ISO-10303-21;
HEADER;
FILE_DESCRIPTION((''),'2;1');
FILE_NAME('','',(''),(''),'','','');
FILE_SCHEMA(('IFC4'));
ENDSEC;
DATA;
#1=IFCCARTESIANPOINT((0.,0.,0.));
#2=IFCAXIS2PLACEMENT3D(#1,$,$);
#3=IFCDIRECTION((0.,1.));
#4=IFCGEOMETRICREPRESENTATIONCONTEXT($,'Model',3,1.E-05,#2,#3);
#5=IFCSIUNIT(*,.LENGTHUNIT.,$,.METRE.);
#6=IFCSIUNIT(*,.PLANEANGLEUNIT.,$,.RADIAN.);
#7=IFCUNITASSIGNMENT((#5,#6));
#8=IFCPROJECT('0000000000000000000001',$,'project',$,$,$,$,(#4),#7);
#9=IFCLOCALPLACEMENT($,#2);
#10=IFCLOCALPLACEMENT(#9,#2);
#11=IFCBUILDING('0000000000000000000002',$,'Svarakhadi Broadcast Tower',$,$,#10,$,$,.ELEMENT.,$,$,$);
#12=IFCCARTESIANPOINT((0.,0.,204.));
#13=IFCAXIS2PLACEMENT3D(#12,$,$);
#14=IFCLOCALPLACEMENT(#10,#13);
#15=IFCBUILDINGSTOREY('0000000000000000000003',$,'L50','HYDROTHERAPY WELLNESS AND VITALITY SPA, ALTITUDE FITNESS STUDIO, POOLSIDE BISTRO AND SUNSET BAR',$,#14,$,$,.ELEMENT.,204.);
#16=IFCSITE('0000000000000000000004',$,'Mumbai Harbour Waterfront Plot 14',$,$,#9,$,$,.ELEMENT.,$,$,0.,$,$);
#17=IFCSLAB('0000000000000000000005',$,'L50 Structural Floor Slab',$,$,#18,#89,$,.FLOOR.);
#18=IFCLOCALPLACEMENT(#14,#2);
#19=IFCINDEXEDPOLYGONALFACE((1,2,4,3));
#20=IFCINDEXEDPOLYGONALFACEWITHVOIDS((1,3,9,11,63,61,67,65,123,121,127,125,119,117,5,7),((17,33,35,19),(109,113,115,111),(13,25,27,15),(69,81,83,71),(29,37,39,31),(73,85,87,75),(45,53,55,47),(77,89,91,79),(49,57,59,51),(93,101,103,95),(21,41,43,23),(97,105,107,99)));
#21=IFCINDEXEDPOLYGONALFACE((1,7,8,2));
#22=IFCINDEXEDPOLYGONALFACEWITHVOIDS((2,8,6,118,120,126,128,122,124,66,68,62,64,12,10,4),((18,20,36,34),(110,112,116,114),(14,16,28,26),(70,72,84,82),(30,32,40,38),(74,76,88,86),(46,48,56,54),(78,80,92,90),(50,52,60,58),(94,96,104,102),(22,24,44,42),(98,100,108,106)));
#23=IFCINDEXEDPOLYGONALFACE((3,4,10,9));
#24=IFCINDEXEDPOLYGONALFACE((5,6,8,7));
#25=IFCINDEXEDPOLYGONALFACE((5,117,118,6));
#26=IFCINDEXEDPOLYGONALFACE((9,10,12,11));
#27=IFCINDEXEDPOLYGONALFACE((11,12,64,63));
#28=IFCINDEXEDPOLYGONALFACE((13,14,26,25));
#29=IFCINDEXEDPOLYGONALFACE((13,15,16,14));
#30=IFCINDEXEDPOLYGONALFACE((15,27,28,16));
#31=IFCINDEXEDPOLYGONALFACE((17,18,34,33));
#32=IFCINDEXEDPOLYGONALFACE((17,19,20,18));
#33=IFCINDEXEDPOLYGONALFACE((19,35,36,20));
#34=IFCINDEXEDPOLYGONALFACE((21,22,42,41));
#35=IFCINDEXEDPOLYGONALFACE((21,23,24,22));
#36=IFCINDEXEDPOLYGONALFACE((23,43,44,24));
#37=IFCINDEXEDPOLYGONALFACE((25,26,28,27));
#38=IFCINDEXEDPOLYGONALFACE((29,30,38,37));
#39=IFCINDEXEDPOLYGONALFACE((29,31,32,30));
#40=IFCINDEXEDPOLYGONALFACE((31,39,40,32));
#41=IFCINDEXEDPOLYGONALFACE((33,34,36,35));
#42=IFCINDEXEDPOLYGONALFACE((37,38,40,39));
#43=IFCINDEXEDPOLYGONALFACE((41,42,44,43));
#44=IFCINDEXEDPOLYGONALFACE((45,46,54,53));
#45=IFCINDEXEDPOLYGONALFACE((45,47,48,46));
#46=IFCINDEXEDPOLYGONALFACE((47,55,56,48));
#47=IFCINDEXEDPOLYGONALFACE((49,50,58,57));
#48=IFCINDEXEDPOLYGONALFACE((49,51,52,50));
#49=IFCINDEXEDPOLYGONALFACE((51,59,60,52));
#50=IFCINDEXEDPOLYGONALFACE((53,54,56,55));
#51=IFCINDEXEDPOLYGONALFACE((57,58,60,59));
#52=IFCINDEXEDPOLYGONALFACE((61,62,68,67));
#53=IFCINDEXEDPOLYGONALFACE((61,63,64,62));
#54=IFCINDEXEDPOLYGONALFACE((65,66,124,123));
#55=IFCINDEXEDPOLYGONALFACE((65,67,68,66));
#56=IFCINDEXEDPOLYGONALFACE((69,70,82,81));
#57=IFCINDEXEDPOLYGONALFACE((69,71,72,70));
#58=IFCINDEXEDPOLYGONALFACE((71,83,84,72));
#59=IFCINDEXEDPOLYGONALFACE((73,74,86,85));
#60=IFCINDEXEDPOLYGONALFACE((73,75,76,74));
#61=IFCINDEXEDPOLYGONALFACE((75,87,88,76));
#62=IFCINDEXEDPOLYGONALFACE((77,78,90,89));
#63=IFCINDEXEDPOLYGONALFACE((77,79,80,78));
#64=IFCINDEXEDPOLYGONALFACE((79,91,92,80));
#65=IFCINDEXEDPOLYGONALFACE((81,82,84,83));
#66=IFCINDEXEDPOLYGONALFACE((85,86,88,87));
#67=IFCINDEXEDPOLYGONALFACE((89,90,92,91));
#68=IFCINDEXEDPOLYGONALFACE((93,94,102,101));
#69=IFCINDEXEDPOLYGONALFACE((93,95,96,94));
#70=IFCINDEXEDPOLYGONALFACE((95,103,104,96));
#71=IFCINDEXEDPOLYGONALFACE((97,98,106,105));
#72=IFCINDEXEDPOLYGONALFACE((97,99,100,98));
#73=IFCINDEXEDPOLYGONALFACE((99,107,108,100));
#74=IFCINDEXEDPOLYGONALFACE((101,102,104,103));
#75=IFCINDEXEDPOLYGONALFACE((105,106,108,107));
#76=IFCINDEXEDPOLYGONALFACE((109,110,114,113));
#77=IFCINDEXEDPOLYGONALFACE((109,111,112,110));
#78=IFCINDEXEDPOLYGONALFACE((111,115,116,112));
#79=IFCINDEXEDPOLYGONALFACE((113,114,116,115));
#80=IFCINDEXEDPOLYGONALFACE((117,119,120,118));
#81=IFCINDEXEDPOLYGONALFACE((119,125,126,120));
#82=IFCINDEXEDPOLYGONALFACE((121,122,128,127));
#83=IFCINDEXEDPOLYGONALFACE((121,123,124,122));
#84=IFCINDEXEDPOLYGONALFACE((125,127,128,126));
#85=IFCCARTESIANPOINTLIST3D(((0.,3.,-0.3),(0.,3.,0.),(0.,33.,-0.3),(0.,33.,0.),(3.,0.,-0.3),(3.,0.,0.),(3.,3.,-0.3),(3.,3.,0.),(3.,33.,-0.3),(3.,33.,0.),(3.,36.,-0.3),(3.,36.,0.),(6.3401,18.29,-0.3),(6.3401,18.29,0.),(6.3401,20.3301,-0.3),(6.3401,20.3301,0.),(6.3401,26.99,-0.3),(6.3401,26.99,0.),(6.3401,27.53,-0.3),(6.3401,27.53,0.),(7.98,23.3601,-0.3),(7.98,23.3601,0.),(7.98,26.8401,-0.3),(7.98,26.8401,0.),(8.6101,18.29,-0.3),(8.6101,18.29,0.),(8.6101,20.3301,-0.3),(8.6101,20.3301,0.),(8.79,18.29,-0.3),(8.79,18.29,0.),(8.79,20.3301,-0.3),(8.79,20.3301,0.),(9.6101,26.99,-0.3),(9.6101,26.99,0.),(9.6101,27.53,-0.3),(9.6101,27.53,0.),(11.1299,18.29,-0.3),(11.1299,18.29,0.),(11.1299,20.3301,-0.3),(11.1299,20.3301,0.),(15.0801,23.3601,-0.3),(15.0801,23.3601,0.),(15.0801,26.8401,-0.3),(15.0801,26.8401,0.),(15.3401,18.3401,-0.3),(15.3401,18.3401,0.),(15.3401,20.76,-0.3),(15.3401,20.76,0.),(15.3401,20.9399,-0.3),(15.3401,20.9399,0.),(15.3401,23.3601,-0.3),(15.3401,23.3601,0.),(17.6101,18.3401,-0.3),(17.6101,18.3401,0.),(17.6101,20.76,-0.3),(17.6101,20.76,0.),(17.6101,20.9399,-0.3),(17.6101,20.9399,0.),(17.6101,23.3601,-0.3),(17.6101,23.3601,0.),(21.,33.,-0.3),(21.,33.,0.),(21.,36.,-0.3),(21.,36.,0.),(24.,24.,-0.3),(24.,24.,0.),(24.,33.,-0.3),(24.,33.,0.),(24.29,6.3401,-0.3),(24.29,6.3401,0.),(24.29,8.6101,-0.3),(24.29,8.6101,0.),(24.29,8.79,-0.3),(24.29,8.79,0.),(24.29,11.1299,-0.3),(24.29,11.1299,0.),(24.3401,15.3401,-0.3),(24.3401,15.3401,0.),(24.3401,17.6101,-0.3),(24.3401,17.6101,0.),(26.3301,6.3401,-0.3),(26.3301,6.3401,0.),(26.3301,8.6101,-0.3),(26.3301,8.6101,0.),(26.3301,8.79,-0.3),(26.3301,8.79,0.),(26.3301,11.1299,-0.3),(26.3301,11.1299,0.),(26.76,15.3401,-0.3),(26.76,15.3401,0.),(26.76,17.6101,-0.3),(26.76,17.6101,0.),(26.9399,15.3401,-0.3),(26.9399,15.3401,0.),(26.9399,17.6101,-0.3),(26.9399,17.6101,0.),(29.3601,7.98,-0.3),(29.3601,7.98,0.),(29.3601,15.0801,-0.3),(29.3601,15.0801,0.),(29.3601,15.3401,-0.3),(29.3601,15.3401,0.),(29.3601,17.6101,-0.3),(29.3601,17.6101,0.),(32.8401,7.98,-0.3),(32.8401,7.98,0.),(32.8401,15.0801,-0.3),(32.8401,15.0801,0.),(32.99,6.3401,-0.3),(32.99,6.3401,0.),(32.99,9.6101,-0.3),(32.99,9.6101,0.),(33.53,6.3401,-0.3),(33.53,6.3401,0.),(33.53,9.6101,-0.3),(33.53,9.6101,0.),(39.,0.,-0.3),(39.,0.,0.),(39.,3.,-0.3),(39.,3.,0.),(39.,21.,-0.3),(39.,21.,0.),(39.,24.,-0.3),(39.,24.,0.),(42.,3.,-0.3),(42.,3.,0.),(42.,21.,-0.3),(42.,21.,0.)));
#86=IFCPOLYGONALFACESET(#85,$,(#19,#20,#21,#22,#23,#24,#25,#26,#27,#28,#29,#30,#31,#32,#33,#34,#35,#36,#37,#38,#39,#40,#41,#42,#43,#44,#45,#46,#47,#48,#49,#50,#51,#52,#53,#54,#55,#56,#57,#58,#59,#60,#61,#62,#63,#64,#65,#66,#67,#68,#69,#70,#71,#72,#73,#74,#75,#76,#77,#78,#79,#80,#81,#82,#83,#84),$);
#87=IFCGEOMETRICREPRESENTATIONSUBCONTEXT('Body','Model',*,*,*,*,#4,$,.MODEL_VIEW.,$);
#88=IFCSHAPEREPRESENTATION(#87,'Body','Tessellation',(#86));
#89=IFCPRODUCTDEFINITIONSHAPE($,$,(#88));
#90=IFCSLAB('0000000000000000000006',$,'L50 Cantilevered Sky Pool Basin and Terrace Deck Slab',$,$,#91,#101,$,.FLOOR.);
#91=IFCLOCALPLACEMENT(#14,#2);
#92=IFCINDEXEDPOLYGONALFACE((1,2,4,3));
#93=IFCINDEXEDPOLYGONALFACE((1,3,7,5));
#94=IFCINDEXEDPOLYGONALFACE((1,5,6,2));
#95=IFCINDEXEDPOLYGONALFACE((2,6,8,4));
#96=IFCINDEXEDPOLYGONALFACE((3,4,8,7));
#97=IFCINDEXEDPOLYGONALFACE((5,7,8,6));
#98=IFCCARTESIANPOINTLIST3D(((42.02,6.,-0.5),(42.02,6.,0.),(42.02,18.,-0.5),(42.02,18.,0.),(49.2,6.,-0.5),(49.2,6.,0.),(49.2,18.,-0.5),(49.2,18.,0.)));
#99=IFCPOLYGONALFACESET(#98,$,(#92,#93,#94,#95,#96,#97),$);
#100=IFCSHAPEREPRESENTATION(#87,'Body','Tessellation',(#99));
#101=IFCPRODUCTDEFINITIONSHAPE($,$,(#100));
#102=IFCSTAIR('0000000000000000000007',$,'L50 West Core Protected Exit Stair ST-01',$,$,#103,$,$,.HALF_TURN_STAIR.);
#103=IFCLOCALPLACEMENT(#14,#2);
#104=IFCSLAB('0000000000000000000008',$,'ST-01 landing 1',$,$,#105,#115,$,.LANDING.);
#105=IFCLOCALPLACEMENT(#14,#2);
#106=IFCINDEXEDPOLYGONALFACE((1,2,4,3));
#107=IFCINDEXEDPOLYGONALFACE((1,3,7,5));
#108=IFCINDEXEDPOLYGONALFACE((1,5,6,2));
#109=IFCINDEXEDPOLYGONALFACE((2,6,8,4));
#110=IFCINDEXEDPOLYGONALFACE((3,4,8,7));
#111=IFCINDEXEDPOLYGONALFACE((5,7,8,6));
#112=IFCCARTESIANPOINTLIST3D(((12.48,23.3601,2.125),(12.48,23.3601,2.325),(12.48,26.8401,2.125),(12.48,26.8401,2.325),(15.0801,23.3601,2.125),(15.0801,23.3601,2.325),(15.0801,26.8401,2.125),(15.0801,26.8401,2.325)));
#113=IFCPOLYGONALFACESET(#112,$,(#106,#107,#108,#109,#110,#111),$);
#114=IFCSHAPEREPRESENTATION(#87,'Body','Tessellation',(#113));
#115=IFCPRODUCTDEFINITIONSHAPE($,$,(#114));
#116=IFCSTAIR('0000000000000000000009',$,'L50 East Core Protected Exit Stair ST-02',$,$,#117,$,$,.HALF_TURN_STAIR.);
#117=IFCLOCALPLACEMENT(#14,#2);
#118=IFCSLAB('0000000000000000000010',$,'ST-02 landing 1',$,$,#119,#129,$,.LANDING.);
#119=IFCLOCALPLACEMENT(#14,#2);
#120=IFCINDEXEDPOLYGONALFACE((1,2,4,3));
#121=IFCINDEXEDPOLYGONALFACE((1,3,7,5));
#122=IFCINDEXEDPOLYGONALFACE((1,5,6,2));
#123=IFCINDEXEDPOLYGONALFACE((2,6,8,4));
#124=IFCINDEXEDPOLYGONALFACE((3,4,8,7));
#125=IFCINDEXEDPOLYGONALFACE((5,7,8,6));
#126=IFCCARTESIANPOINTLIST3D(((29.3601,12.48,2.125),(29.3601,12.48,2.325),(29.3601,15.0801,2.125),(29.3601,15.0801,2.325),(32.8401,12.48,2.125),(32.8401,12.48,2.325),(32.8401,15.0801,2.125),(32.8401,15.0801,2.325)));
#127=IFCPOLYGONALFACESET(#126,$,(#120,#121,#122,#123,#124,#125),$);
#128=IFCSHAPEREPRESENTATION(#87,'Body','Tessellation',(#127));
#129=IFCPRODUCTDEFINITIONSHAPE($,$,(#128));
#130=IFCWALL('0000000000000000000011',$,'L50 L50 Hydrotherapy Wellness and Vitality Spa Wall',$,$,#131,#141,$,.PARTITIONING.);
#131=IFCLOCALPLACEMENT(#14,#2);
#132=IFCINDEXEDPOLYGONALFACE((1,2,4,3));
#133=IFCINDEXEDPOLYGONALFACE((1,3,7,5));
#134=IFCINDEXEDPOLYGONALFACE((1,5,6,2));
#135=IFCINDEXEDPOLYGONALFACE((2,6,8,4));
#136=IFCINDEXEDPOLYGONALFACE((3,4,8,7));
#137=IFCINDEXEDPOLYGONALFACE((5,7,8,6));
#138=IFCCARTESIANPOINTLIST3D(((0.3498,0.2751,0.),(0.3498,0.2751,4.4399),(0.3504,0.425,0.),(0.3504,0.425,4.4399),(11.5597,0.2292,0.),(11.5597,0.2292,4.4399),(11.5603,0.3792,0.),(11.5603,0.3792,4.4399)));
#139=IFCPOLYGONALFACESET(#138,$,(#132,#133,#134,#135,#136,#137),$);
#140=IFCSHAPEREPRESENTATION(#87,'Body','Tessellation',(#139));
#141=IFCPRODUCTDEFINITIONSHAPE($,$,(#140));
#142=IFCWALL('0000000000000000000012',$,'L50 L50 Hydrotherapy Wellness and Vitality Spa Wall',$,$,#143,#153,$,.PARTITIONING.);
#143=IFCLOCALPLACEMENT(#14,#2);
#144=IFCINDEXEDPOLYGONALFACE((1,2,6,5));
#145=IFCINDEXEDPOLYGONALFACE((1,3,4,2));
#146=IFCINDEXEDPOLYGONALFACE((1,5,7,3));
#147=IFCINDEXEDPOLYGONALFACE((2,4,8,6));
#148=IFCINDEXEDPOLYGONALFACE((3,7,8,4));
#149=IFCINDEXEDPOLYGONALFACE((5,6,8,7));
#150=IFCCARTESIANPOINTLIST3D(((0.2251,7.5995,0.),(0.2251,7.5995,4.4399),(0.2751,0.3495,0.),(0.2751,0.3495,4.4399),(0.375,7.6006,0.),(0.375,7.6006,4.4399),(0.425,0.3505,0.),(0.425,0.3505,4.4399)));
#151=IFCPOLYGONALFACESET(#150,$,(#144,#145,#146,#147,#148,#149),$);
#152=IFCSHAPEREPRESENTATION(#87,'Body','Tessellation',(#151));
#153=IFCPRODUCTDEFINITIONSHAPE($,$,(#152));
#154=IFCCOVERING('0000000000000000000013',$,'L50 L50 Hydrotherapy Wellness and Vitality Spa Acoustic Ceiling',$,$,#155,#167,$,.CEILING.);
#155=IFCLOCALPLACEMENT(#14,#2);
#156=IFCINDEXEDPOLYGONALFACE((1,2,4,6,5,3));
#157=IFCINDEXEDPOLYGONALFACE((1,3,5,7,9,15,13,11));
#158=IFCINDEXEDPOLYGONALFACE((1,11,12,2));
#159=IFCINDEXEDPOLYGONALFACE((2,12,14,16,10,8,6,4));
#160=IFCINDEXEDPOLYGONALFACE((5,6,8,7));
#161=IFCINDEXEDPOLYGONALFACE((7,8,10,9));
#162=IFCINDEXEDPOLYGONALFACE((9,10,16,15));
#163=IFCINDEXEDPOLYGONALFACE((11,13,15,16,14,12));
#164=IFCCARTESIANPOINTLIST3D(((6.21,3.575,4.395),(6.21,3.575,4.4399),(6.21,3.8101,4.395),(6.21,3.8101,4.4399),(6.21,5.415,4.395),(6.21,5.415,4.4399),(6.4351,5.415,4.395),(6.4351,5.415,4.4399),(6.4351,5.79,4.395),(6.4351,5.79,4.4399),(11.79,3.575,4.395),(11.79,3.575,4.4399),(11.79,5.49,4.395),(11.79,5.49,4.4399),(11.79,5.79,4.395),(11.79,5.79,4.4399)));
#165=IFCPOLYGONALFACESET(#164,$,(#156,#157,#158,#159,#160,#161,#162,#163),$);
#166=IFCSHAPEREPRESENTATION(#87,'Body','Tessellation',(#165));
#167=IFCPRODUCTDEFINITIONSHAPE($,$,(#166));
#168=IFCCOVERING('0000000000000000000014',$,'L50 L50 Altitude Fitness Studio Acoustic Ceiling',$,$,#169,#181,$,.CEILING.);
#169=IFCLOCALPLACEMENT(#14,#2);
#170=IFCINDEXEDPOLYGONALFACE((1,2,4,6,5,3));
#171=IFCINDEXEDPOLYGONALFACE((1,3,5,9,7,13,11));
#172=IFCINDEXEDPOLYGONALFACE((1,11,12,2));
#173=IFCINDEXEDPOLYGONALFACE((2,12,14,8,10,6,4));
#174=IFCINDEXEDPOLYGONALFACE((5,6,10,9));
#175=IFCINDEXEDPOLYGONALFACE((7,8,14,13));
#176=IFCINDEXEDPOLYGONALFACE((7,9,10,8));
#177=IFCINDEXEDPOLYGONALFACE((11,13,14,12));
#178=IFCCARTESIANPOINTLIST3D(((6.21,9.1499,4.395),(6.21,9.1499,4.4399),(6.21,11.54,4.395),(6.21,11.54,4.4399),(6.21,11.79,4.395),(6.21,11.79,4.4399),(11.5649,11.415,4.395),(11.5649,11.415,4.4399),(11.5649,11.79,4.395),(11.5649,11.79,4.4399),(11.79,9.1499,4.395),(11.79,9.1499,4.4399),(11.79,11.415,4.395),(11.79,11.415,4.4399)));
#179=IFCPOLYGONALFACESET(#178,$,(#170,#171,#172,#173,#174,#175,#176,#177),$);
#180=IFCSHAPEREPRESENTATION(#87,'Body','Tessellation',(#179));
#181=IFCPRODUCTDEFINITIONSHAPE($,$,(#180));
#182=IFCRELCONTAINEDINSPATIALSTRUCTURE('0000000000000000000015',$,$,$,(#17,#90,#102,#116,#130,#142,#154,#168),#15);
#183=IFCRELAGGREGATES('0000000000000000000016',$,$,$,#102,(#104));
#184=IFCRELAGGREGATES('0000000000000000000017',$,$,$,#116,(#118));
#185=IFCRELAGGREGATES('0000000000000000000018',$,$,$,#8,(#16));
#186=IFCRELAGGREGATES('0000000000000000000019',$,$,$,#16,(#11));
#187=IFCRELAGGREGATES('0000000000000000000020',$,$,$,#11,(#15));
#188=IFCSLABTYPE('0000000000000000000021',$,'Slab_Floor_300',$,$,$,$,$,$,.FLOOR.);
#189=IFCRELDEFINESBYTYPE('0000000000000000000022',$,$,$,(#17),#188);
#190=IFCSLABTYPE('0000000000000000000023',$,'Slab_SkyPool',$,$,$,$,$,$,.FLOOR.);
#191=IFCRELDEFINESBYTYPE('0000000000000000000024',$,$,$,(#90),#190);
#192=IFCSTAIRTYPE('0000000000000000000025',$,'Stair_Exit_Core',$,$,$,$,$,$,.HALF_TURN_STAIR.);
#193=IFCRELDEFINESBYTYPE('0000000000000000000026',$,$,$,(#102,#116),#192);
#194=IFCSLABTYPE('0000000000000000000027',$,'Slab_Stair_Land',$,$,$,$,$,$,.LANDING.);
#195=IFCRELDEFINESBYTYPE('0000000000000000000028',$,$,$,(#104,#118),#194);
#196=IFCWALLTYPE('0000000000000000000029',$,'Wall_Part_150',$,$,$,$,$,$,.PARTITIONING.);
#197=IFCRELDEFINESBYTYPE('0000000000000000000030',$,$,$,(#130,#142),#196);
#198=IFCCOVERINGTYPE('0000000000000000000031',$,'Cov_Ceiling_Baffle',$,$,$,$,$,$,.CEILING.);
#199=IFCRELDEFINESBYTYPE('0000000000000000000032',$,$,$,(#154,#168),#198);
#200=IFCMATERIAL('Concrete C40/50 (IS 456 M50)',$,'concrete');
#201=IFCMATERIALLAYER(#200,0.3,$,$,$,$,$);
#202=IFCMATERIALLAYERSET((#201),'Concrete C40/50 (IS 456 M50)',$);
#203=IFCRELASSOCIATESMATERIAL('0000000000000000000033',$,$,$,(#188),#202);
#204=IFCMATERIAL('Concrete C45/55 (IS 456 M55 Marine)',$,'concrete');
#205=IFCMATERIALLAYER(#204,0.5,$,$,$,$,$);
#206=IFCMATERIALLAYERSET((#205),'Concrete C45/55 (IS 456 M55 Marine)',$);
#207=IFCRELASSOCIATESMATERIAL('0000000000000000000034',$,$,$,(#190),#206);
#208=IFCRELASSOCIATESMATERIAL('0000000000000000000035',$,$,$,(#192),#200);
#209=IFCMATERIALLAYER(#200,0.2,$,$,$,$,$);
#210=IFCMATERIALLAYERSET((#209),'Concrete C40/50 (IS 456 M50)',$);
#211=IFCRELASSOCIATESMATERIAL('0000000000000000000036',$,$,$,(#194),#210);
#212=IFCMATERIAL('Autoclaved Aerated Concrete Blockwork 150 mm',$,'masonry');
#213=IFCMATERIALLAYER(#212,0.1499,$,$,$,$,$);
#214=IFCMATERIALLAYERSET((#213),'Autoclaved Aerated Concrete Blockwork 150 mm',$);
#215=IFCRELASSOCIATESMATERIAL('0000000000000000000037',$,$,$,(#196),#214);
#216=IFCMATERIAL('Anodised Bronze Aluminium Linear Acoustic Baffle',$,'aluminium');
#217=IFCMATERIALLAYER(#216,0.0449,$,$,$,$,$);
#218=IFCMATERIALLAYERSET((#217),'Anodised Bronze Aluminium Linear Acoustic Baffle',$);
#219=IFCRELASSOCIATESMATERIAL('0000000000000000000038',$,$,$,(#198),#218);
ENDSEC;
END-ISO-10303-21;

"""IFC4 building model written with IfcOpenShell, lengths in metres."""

from ifc_helpers import new_model, si_unit, direction, frame, frame_2d, origin, place, context, subcontext, project, spatial, polyline, rectangle, outline, extrude, material, layer, layer_set, type_object, element, aggregate, save


model = new_model("IFC4")

# Units and contexts
model_context = context("Model", 3, precision=1e-05, world=origin(), true_north=direction((0.0, 1.0)))
body_context = subcontext(model_context, "Body", "Model", "MODEL_VIEW")
ifc_project = project(units=[si_unit("LENGTHUNIT", "METRE"), si_unit("PLANEANGLEUNIT", "RADIAN")], contexts=[model_context])

# Site, building, storey
site_placement = place(None, origin())
site = spatial("IfcSite", under=ifc_project, at=site_placement, Name="Mumbai Harbour Waterfront Plot 14", CompositionType="ELEMENT", RefElevation=0.0)
building_placement = place(site_placement, origin())
building = spatial("IfcBuilding", under=site, at=building_placement, Name="Svarakhadi Broadcast Tower", CompositionType="ELEMENT")
storey_placement = place(building_placement, frame((0.0, 0.0, 204.0)))
storey = spatial("IfcBuildingStorey", under=building, at=storey_placement, Name="L50", Description="HYDROTHERAPY WELLNESS AND VITALITY SPA, ALTITUDE FITNESS STUDIO, POOLSIDE BISTRO AND SUNSET BAR", CompositionType="ELEMENT", Elevation=204.0)

# Slabs
ifc_material_1 = material(Name="Concrete C40/50 (IS 456 M50)", Category="concrete")
ifc_layer_1 = layer(ifc_material_1, 0.3)
ifc_layer_set_1 = layer_set([ifc_layer_1], Name="Concrete C40/50 (IS 456 M50)")
slab_type_1 = type_object("IfcSlabType", Name="Slab_Floor_300", PredefinedType="FLOOR", material=ifc_layer_set_1)
slab_1_placement = place(storey_placement, frame((0.0, 0.0, -0.3)))
element("IfcSlab", 1, at=slab_1_placement, inside=storey, type_object=slab_type_1, Name="L50 Structural Floor Slab", PredefinedType="FLOOR", context=body_context, shape_type="SweptSolid", body=[
    extrude(outline(polyline([(3.0, 0.0), (39.0, 0.0), (39.0, 3.0), (42.0, 3.0), (42.0, 21.0), (39.0, 21.0), (39.0, 24.0), (24.0, 24.0), (24.0, 33.0), (21.0, 33.0), (21.0, 36.0), (3.0, 36.0), (3.0, 33.0), (0.0, 33.0), (0.0, 3.0), (3.0, 3.0), (3.0, 0.0)]), holes=[polyline([(7.98, 23.3601), (15.0801, 23.3601), (15.0801, 26.8401), (7.98, 26.8401), (7.98, 23.3601)]), polyline([(32.8401, 7.98), (32.8401, 15.0801), (29.3601, 15.0801), (29.3601, 7.98), (32.8401, 7.98)]), polyline([(6.3401, 18.29), (8.6101, 18.29), (8.6101, 20.3301), (6.3401, 20.3301), (6.3401, 18.29)]), polyline([(8.79, 18.29), (11.1299, 18.29), (11.1299, 20.3301), (8.79, 20.3301), (8.79, 18.29)]), polyline([(24.29, 6.3401), (26.3301, 6.3401), (26.3301, 8.6101), (24.29, 8.6101), (24.29, 6.3401)]), polyline([(24.29, 8.79), (26.3301, 8.79), (26.3301, 11.1299), (24.29, 11.1299), (24.29, 8.79)]), polyline([(6.3401, 26.99), (9.6101, 26.99), (9.6101, 27.53), (6.3401, 27.53), (6.3401, 26.99)]), polyline([(32.99, 6.3401), (33.53, 6.3401), (33.53, 9.6101), (32.99, 9.6101), (32.99, 6.3401)]), polyline([(15.3401, 18.3401), (17.6101, 18.3401), (17.6101, 20.76), (15.3401, 20.76), (15.3401, 18.3401)]), polyline([(15.3401, 20.9399), (17.6101, 20.9399), (17.6101, 23.3601), (15.3401, 23.3601), (15.3401, 20.9399)]), polyline([(24.3401, 15.3401), (26.76, 15.3401), (26.76, 17.6101), (24.3401, 17.6101), (24.3401, 15.3401)]), polyline([(26.9399, 15.3401), (29.3601, 15.3401), (29.3601, 17.6101), (26.9399, 17.6101), (26.9399, 15.3401)])]), origin(), (0.0, 0.0, 1.0), 0.3),
])
ifc_material_2 = material(Name="Concrete C45/55 (IS 456 M55 Marine)", Category="concrete")
ifc_layer_2 = layer(ifc_material_2, 0.5)
ifc_layer_set_2 = layer_set([ifc_layer_2], Name="Concrete C45/55 (IS 456 M55 Marine)")
slab_type_2 = type_object("IfcSlabType", Name="Slab_SkyPool", PredefinedType="FLOOR", material=ifc_layer_set_2)
slab_2_placement = place(storey_placement, frame((0.0, 0.0, -0.5)))
element("IfcSlab", 2, at=slab_2_placement, inside=storey, type_object=slab_type_2, Name="L50 Cantilevered Sky Pool Basin and Terrace Deck Slab", PredefinedType="FLOOR", context=body_context, shape_type="SweptSolid", body=[
    extrude(outline(polyline([(42.02, 6.0), (49.2, 6.0), (49.2, 18.0), (42.02, 18.0), (42.02, 6.0)])), origin(), (0.0, 0.0, 1.0), 0.5),
])

# Stairs, slabs
stair_type = type_object("IfcStairType", Name="Stair_Exit_Core", PredefinedType="HALF_TURN_STAIR", material=ifc_material_1)
stair_1_placement = place(storey_placement, origin())
stair_1 = element("IfcStair", 3, at=stair_1_placement, inside=storey, type_object=stair_type, Name="L50 West Core Protected Exit Stair ST-01", PredefinedType="HALF_TURN_STAIR")
ifc_layer_3 = layer(ifc_material_1, 0.2)
ifc_layer_set_3 = layer_set([ifc_layer_3], Name="Concrete C40/50 (IS 456 M50)")
slab_type_3 = type_object("IfcSlabType", Name="Slab_Stair_Land", PredefinedType="LANDING", material=ifc_layer_set_3)
slab_3_placement = place(storey_placement, frame((0.0, 0.0, 2.125)))
slab_3 = element("IfcSlab", 4, at=slab_3_placement, type_object=slab_type_3, Name="ST-01 landing 1", PredefinedType="LANDING", context=body_context, shape_type="SweptSolid", body=[
    extrude(outline(polyline([(12.48, 23.3601), (15.0801, 23.3601), (15.0801, 26.8401), (12.48, 26.8401), (12.48, 23.3601)])), origin(), (0.0, 0.0, 1.0), 0.2),
])
aggregate(stair_1, [slab_3])
stair_2_placement = place(storey_placement, origin())
stair_2 = element("IfcStair", 5, at=stair_2_placement, inside=storey, type_object=stair_type, Name="L50 East Core Protected Exit Stair ST-02", PredefinedType="HALF_TURN_STAIR")
slab_4_placement = place(storey_placement, frame((0.0, 0.0, 2.125)))
slab_4 = element("IfcSlab", 6, at=slab_4_placement, type_object=slab_type_3, Name="ST-02 landing 1", PredefinedType="LANDING", context=body_context, shape_type="SweptSolid", body=[
    extrude(outline(polyline([(32.8401, 12.48), (32.8401, 15.0801), (29.3601, 15.0801), (29.3601, 12.48), (32.8401, 12.48)])), origin(), (0.0, 0.0, 1.0), 0.2),
])
aggregate(stair_2, [slab_4])

# Walls
ifc_material_3 = material(Name="Autoclaved Aerated Concrete Blockwork 150 mm", Category="masonry")
ifc_layer_4 = layer(ifc_material_3, 0.1499)
ifc_layer_set_4 = layer_set([ifc_layer_4], Name="Autoclaved Aerated Concrete Blockwork 150 mm")
wall_type = type_object("IfcWallType", Name="Wall_Part_150", PredefinedType="PARTITIONING", material=ifc_layer_set_4)
wall_1_placement = place(storey_placement, frame((0.3501, 0.3501, 0.0), z_axis=(0.0, 0.0, 1.0), x_axis=(0.999992, -0.004094, 0.0)))
element("IfcWall", 7, at=wall_1_placement, inside=storey, type_object=wall_type, Name="L50 L50 Hydrotherapy Wellness and Vitality Spa Wall", PredefinedType="PARTITIONING", context=body_context, shape_type="SweptSolid", body=[
    extrude(rectangle(XDim=11.21, YDim=0.1499, at=frame_2d((5.605, 0.0))), origin(), (0.0, 0.0, 1.0), 4.4399),
])
wall_2_placement = place(storey_placement, frame((0.3501, 0.3501, 0.0), z_axis=(0.0, 0.0, 1.0), x_axis=(-0.006903, 0.999976, 0.0)))
element("IfcWall", 8, at=wall_2_placement, inside=storey, type_object=wall_type, Name="L50 L50 Hydrotherapy Wellness and Vitality Spa Wall", PredefinedType="PARTITIONING", context=body_context, shape_type="SweptSolid", body=[
    extrude(rectangle(XDim=7.2502, YDim=0.1499, at=frame_2d((3.625, 0.0))), origin(), (0.0, 0.0, 1.0), 4.4399),
])

# Coverings
ifc_material_4 = material(Name="Anodised Bronze Aluminium Linear Acoustic Baffle", Category="aluminium")
ifc_layer_5 = layer(ifc_material_4, 0.0449)
ifc_layer_set_5 = layer_set([ifc_layer_5], Name="Anodised Bronze Aluminium Linear Acoustic Baffle")
covering_type_1 = type_object("IfcCoveringType", Name="Cov_Ceiling_Baffle", PredefinedType="CEILING", material=ifc_layer_set_5)
covering_1_placement = place(storey_placement, frame((0.0, 0.0, 4.395)))
element("IfcCovering", 9, at=covering_1_placement, inside=storey, type_object=covering_type_1, Name="L50 L50 Hydrotherapy Wellness and Vitality Spa Acoustic Ceiling", PredefinedType="CEILING", context=body_context, shape_type="SweptSolid", body=[
    extrude(outline(polyline([(6.21, 3.8101), (6.21, 5.415), (6.4351, 5.415), (6.4351, 5.79), (11.79, 5.79), (11.79, 5.49), (11.79, 3.575), (6.21, 3.575), (6.21, 3.8101)])), origin(), (0.0, 0.0, 1.0), 0.0449),
])
covering_2_placement = place(storey_placement, frame((0.0, 0.0, 4.395)))
element("IfcCovering", 10, at=covering_2_placement, inside=storey, type_object=covering_type_1, Name="L50 L50 Altitude Fitness Studio Acoustic Ceiling", PredefinedType="CEILING", context=body_context, shape_type="SweptSolid", body=[
    extrude(outline(polyline([(6.21, 11.54), (6.21, 11.79), (11.5649, 11.79), (11.5649, 11.415), (11.79, 11.415), (11.79, 9.1499), (6.21, 9.1499), (6.21, 11.54)])), origin(), (0.0, 0.0, 1.0), 0.0449),
])

save(model, "model.ifc")
